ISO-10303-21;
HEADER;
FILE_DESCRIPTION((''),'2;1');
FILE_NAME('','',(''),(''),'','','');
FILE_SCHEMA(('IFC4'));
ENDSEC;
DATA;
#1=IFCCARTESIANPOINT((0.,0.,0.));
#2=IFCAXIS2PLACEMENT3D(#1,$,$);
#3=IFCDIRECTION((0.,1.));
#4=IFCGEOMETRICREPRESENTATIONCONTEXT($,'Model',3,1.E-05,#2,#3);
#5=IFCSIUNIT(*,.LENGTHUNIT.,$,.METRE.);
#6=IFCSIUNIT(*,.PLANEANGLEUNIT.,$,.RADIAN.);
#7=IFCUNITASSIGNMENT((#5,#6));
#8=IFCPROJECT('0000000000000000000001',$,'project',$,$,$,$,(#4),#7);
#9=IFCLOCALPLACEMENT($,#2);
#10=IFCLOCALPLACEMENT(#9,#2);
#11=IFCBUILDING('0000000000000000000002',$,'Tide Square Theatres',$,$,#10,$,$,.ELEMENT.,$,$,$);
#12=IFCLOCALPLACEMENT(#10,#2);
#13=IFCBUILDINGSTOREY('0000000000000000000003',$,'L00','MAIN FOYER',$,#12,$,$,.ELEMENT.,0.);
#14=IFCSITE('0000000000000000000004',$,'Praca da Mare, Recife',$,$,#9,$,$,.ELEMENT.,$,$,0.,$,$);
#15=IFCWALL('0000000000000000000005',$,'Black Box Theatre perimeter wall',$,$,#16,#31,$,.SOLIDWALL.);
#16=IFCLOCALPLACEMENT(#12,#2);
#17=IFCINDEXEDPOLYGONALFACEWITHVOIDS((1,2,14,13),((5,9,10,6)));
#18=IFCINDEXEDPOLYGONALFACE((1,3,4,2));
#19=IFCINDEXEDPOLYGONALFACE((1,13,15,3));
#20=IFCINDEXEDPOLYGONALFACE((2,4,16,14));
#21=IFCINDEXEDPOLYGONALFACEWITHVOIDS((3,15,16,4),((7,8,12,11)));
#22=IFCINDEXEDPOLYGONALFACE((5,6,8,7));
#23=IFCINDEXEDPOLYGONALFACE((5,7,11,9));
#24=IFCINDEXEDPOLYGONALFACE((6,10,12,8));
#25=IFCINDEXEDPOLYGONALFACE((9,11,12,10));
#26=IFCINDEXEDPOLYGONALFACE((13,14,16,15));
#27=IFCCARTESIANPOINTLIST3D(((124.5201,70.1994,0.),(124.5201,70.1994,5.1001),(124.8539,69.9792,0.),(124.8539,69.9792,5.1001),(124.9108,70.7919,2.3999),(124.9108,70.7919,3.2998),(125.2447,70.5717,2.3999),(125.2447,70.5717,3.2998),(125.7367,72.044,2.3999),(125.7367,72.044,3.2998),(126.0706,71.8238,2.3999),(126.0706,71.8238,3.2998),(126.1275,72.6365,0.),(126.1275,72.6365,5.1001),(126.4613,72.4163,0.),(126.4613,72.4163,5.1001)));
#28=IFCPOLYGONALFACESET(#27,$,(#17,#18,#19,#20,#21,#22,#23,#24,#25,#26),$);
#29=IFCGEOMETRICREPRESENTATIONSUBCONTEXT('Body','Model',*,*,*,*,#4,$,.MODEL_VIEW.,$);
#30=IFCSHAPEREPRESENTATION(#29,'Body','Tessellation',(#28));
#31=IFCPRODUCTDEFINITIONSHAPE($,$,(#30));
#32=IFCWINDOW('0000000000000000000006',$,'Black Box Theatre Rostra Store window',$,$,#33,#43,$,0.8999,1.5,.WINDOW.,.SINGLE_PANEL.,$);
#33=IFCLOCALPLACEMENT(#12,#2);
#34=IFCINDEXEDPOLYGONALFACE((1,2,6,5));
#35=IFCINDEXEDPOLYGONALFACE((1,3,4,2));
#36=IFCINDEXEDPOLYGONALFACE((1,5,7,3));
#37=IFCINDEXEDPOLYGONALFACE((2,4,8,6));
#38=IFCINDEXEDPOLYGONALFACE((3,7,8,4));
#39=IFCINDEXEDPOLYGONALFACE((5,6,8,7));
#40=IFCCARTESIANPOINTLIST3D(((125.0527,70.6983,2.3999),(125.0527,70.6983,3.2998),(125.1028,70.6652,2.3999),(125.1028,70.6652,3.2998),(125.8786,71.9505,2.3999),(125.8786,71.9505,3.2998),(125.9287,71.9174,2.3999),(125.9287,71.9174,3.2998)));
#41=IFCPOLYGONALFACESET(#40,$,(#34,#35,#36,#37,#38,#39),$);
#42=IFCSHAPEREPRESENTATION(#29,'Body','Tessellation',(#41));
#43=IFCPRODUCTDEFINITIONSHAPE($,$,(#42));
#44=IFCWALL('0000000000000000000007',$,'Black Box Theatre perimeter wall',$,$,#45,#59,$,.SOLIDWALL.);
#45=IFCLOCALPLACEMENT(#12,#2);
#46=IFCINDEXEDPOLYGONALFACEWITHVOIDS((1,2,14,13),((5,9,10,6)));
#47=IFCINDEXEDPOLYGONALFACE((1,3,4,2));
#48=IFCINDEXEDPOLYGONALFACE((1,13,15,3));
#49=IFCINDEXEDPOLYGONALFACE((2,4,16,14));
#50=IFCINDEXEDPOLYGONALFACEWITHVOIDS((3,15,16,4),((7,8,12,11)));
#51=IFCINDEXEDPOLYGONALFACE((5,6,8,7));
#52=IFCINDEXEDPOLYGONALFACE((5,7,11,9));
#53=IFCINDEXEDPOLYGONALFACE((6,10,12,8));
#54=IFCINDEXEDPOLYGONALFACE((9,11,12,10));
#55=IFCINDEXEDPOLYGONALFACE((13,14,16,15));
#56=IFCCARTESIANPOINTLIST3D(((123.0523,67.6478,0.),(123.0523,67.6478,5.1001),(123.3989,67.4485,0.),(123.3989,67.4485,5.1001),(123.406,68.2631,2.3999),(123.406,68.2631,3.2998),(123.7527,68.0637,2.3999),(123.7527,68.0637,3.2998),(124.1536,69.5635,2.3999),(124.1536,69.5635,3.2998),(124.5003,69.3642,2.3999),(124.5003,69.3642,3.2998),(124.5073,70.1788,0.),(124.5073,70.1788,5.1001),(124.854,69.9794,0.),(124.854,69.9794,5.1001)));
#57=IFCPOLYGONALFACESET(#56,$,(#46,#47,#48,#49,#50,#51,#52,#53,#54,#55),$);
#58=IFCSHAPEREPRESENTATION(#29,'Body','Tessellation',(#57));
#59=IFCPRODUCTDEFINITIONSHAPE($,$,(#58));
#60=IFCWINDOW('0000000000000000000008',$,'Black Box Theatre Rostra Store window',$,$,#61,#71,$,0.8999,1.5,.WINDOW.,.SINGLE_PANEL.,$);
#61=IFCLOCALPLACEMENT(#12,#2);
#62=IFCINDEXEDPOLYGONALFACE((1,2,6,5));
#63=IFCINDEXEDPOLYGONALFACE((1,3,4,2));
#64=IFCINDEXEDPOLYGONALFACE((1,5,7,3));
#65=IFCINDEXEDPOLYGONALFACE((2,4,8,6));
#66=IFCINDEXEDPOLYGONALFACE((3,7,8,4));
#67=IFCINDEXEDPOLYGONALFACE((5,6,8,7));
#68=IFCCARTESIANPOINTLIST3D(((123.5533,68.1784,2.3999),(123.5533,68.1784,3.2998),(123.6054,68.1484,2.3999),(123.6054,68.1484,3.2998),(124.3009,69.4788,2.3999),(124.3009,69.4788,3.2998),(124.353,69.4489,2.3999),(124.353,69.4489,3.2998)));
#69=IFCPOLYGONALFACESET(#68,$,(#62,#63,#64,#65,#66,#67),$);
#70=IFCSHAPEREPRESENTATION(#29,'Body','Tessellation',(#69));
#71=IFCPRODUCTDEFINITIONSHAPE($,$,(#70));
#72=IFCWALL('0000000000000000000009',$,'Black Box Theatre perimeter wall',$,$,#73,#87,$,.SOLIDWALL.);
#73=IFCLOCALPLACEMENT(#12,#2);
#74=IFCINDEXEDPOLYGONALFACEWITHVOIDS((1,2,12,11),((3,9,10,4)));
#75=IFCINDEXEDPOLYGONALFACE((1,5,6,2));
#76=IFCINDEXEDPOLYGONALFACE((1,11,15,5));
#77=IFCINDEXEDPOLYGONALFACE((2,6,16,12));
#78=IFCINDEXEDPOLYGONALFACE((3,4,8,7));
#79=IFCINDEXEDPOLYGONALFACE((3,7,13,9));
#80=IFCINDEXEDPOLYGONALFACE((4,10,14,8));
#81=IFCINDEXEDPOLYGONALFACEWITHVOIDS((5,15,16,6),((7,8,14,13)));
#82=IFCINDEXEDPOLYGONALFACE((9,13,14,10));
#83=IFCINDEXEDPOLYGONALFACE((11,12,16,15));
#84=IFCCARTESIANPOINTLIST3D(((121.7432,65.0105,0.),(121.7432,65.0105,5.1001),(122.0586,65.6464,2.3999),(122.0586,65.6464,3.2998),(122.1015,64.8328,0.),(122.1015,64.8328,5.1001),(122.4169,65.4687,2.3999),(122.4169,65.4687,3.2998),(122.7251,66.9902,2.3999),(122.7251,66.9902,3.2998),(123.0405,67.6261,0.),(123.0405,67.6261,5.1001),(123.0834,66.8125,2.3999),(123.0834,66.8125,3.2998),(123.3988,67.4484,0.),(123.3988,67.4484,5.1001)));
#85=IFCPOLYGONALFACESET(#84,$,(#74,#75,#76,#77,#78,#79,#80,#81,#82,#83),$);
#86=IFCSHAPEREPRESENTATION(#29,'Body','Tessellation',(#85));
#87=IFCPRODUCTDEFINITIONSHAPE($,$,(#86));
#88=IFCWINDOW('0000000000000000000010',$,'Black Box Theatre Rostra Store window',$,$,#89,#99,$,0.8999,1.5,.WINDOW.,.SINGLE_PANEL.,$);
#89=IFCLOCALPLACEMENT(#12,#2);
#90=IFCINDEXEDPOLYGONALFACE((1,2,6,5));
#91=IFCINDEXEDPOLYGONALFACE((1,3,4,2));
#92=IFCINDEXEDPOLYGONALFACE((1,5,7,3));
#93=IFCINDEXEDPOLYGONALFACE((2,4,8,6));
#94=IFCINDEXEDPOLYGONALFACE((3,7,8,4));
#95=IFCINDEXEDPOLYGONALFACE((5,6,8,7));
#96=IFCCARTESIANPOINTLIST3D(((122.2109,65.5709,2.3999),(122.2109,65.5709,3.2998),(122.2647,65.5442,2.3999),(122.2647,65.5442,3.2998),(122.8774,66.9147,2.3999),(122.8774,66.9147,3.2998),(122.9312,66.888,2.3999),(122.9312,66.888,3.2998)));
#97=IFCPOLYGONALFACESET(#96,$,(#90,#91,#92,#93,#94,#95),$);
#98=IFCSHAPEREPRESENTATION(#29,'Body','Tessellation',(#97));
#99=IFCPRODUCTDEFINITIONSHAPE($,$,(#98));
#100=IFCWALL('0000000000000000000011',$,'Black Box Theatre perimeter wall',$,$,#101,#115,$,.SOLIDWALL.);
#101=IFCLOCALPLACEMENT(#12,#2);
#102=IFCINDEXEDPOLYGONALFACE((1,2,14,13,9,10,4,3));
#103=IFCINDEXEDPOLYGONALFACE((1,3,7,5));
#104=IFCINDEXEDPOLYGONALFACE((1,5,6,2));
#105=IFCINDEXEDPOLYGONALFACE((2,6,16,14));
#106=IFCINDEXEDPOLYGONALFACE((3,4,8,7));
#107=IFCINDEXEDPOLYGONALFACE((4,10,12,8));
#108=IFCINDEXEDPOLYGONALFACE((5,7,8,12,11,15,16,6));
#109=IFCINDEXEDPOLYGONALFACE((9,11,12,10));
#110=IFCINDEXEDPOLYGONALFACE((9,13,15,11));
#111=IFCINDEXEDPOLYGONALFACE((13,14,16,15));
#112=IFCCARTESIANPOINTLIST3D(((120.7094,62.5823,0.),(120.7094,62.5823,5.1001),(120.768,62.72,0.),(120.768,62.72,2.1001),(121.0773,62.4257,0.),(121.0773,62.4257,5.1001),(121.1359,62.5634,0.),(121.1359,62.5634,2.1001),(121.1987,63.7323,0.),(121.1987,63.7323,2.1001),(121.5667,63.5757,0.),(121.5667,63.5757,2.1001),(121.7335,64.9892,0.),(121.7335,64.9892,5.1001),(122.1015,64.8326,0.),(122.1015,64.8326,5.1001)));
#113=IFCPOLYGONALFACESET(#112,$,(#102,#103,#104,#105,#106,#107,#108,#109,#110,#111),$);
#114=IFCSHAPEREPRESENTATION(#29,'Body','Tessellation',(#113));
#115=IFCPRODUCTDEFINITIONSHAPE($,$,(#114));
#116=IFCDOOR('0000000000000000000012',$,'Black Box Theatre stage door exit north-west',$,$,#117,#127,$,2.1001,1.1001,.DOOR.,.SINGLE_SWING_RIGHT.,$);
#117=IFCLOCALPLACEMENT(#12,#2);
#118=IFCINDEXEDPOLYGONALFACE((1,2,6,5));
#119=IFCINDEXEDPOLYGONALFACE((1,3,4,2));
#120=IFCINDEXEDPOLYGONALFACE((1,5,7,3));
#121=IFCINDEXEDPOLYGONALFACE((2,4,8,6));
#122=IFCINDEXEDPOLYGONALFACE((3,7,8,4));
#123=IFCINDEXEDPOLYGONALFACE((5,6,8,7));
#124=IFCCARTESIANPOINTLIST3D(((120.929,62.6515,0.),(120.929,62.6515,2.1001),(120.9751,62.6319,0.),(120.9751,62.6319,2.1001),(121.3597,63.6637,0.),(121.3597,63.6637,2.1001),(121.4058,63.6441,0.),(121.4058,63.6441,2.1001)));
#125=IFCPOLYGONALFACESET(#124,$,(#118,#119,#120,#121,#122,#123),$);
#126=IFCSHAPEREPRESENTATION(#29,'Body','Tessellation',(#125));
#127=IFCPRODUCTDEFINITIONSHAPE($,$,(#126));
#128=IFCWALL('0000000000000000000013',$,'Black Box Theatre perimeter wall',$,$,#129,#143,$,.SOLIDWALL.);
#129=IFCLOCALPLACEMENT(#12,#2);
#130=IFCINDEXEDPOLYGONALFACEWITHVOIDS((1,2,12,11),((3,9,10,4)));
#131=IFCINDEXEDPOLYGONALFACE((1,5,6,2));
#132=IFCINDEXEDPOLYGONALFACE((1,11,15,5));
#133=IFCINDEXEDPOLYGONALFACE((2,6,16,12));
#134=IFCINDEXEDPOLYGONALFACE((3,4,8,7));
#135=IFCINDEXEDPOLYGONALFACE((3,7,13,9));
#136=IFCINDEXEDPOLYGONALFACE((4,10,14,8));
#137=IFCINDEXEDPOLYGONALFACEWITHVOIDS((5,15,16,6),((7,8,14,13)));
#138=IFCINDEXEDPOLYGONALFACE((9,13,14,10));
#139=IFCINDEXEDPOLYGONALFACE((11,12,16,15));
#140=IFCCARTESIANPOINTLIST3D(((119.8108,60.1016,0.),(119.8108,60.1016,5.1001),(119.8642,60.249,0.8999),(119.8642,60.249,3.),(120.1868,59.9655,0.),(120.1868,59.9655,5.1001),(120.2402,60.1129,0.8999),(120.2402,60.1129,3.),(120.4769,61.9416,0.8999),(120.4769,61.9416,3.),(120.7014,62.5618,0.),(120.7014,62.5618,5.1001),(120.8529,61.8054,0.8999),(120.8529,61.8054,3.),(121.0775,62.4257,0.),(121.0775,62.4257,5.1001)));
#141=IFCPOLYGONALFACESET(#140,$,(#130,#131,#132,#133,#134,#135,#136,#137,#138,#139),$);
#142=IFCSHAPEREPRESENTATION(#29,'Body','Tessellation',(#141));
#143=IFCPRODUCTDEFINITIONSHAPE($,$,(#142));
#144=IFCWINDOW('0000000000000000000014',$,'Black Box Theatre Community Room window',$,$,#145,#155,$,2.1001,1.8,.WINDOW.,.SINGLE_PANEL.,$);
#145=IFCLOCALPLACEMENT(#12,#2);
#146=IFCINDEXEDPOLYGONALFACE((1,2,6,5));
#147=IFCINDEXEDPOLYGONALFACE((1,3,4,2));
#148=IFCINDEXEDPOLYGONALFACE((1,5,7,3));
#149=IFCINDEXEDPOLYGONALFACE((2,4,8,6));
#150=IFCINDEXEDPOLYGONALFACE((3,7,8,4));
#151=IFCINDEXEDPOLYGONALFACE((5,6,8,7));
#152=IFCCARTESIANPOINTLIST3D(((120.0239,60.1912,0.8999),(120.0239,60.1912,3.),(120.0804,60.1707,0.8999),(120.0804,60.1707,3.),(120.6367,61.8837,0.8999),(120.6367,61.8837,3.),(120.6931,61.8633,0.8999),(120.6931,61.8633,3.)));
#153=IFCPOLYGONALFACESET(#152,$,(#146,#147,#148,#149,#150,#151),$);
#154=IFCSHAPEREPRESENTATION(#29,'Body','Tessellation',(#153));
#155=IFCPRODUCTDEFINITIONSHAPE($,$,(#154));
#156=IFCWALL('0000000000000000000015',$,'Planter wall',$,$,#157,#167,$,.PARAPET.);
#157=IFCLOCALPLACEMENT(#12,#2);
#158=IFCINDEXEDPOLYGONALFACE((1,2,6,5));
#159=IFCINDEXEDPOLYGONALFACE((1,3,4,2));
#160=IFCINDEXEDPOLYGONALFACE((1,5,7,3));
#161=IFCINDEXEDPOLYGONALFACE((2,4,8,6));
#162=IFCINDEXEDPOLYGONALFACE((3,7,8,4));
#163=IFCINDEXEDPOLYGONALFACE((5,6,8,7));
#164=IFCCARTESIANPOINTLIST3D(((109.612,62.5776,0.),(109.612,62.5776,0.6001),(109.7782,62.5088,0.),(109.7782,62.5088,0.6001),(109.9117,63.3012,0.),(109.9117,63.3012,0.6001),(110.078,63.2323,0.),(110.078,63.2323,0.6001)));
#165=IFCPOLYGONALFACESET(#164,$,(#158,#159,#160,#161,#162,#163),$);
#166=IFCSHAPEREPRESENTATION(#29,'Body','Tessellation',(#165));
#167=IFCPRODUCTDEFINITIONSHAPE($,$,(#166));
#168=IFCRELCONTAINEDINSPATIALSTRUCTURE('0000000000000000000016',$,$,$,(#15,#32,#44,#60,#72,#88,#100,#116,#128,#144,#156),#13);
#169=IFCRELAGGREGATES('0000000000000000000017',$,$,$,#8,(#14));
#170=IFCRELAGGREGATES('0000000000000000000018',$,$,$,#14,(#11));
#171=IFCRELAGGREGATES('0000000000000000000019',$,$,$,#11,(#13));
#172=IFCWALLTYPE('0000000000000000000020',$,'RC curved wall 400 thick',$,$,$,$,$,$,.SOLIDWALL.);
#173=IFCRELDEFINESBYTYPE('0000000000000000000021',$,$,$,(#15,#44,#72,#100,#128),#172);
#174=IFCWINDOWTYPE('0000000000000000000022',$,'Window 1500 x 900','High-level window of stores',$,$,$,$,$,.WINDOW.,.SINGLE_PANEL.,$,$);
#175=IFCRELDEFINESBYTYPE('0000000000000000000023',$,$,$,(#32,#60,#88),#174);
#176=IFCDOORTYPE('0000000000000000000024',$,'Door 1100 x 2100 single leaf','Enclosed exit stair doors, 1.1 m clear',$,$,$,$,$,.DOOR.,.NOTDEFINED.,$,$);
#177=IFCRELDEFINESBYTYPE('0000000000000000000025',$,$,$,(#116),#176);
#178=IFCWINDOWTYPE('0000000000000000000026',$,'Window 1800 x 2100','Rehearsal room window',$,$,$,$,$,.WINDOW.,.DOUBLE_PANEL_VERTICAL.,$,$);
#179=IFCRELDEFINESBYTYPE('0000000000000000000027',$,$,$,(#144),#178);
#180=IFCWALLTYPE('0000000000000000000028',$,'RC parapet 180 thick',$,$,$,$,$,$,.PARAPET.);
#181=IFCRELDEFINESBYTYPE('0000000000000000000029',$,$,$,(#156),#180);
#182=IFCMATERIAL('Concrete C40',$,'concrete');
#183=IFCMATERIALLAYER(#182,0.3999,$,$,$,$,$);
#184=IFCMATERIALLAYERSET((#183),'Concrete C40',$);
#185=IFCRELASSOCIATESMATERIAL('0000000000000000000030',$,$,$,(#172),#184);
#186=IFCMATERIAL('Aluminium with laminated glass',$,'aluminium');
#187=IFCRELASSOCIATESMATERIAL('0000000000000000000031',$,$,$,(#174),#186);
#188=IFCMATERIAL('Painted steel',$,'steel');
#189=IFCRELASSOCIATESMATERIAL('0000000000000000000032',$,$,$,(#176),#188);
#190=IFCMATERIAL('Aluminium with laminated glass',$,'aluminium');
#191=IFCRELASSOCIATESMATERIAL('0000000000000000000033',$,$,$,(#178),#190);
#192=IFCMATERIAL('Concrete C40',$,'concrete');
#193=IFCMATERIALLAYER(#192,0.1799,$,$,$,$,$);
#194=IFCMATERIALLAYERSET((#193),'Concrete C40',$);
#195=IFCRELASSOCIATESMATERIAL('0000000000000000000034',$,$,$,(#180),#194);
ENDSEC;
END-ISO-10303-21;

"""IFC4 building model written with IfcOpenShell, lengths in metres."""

from ifc_helpers import new_model, si_unit, direction, frame, frame_2d, origin, place, context, subcontext, project, spatial, rectangle, extrude, material, layer, layer_set, type_object, element, fill, save


model = new_model("IFC4")

# Units and contexts
model_context = context("Model", 3, precision=1e-05, world=origin(), true_north=direction((0.0, 1.0)))
body_context = subcontext(model_context, "Body", "Model", "MODEL_VIEW")
ifc_project = project(units=[si_unit("LENGTHUNIT", "METRE"), si_unit("PLANEANGLEUNIT", "RADIAN")], contexts=[model_context])

# Site, building, storey
site_placement = place(None, origin())
site = spatial("IfcSite", under=ifc_project, at=site_placement, Name="Praca da Mare, Recife", CompositionType="ELEMENT", RefElevation=0.0)
building_placement = place(site_placement, origin())
building = spatial("IfcBuilding", under=site, at=building_placement, Name="Tide Square Theatres", CompositionType="ELEMENT")
storey_placement = place(building_placement, origin())
storey = spatial("IfcBuildingStorey", under=building, at=storey_placement, Name="L00", Description="MAIN FOYER", CompositionType="ELEMENT", Elevation=0.0)

# Walls, openings, windows
ifc_material_1 = material(Name="Concrete C40", Category="concrete")
ifc_layer_1 = layer(ifc_material_1, 0.3999)
ifc_layer_set_1 = layer_set([ifc_layer_1], Name="Concrete C40")
wall_type_1 = type_object("IfcWallType", Name="RC curved wall 400 thick", PredefinedType="SOLIDWALL", material=ifc_layer_set_1)
wall_1_placement = place(storey_placement, frame((126.2944, 72.5264, 0.0), z_axis=(0.0, 0.0, 1.0), x_axis=(-0.550602, -0.834768, 0.0)))
wall_1 = element("IfcWall", 1, at=wall_1_placement, inside=storey, type_object=wall_type_1, Name="Black Box Theatre perimeter wall", PredefinedType="SOLIDWALL", context=body_context, shape_type="SweptSolid", body=[
    extrude(rectangle(XDim=2.9194, YDim=0.3999, at=frame_2d((1.4597, 0.0))), origin(), (0.0, 0.0, 1.0), 5.1001),
])
opening_1_placement = place(wall_1_placement, frame((0.7097, 0.0, 2.3999)))
opening_1 = element("IfcOpeningElement", 2, at=opening_1_placement, cuts=wall_1, PredefinedType="OPENING", context=body_context, shape_type="SweptSolid", body=[
    extrude(rectangle(XDim=1.5, YDim=0.8999, at=frame_2d((0.75, 0.45))), frame((0.0, 0.21, 0.0), z_axis=(0.0, -1.0, 0.0), x_axis=(1.0, 0.0, 0.0)), (0.0, 0.0, 1.0), 0.4199),
])
ifc_material_2 = material(Name="Aluminium with laminated glass", Category="aluminium")
window_type_1 = type_object("IfcWindowType", Name="Window 1500 x 900", Description="High-level window of stores", PartitioningType="SINGLE_PANEL", PredefinedType="WINDOW", material=ifc_material_2)
window_1_placement = place(opening_1_placement, origin())
window_1 = element("IfcWindow", 3, at=window_1_placement, inside=storey, type_object=window_type_1, Name="Black Box Theatre Rostra Store window", OverallHeight=0.8999, OverallWidth=1.5, PartitioningType="SINGLE_PANEL", PredefinedType="WINDOW", context=body_context, shape_type="SweptSolid", body=[
    extrude(rectangle(XDim=1.5, YDim=0.8999, at=frame_2d((0.75, 0.45))), frame((0.0, 0.03, 0.0), z_axis=(0.0, -1.0, 0.0), x_axis=(1.0, 0.0, 0.0)), (0.0, 0.0, 1.0), 0.0601),
])
fill(opening_1, window_1)
wall_2_placement = place(storey_placement, frame((124.6807, 70.0791, 0.0), z_axis=(0.0, 0.0, 1.0), x_axis=(-0.498407, -0.866943, 0.0)))
wall_2 = element("IfcWall", 4, at=wall_2_placement, inside=storey, type_object=wall_type_1, Name="Black Box Theatre perimeter wall", PredefinedType="SOLIDWALL", context=body_context, shape_type="SweptSolid", body=[
    extrude(rectangle(XDim=2.9194, YDim=0.3999, at=frame_2d((1.4597, 0.0))), origin(), (0.0, 0.0, 1.0), 5.1001),
])
opening_2_placement = place(wall_2_placement, frame((0.7097, 0.0, 2.3999)))
opening_2 = element("IfcOpeningElement", 5, at=opening_2_placement, cuts=wall_2, PredefinedType="OPENING", context=body_context, shape_type="SweptSolid", body=[
    extrude(rectangle(XDim=1.5, YDim=0.8999, at=frame_2d((0.75, 0.45))), frame((0.0, 0.21, 0.0), z_axis=(0.0, -1.0, 0.0), x_axis=(1.0, 0.0, 0.0)), (0.0, 0.0, 1.0), 0.4199),
])
window_2_placement = place(opening_2_placement, origin())
window_2 = element("IfcWindow", 6, at=window_2_placement, inside=storey, type_object=window_type_1, Name="Black Box Theatre Rostra Store window", OverallHeight=0.8999, OverallWidth=1.5, PartitioningType="SINGLE_PANEL", PredefinedType="WINDOW", context=body_context, shape_type="SweptSolid", body=[
    extrude(rectangle(XDim=1.5, YDim=0.8999, at=frame_2d((0.75, 0.45))), frame((0.0, 0.03, 0.0), z_axis=(0.0, -1.0, 0.0), x_axis=(1.0, 0.0, 0.0)), (0.0, 0.0, 1.0), 0.0601),
])
fill(opening_2, window_2)
wall_3_placement = place(storey_placement, frame((123.2197, 67.5374, 0.0), z_axis=(0.0, 0.0, 1.0), x_axis=(-0.444335, -0.895861, 0.0)))
wall_3 = element("IfcWall", 7, at=wall_3_placement, inside=storey, type_object=wall_type_1, Name="Black Box Theatre perimeter wall", PredefinedType="SOLIDWALL", context=body_context, shape_type="SweptSolid", body=[
    extrude(rectangle(XDim=2.9197, YDim=0.3999, at=frame_2d((1.46, 0.0))), origin(), (0.0, 0.0, 1.0), 5.1001),
])
opening_3_placement = place(wall_3_placement, frame((0.71, 0.0, 2.3999)))
opening_3 = element("IfcOpeningElement", 8, at=opening_3_placement, cuts=wall_3, PredefinedType="OPENING", context=body_context, shape_type="SweptSolid", body=[
    extrude(rectangle(XDim=1.5, YDim=0.8999, at=frame_2d((0.75, 0.45))), frame((0.0, 0.21, 0.0), z_axis=(0.0, -1.0, 0.0), x_axis=(1.0, 0.0, 0.0)), (0.0, 0.0, 1.0), 0.4199),
])
window_3_placement = place(opening_3_placement, origin())
window_3 = element("IfcWindow", 9, at=window_3_placement, inside=storey, type_object=window_type_1, Name="Black Box Theatre Rostra Store window", OverallHeight=0.8999, OverallWidth=1.5, PartitioningType="SINGLE_PANEL", PredefinedType="WINDOW", context=body_context, shape_type="SweptSolid", body=[
    extrude(rectangle(XDim=1.5, YDim=0.8999, at=frame_2d((0.75, 0.45))), frame((0.0, 0.03, 0.0), z_axis=(0.0, -1.0, 0.0), x_axis=(1.0, 0.0, 0.0)), (0.0, 0.0, 1.0), 0.0601),
])
fill(opening_3, window_3)

# Wall, opening, door
wall_4_placement = place(storey_placement, frame((121.9175, 64.9109, 0.0), z_axis=(0.0, 0.0, 1.0), x_axis=(-0.39153, -0.920165, 0.0)))
wall_4 = element("IfcWall", 10, at=wall_4_placement, inside=storey, type_object=wall_type_1, Name="Black Box Theatre perimeter wall", PredefinedType="SOLIDWALL", context=body_context, shape_type="SweptSolid", body=[
    extrude(rectangle(XDim=2.6157, YDim=0.3999, at=frame_2d((1.3079, 0.0))), origin(), (0.0, 0.0, 1.0), 5.1001),
])
opening_4_placement = place(wall_4_placement, frame((1.366, 0.0, 0.0)))
opening_4 = element("IfcOpeningElement", 11, at=opening_4_placement, cuts=wall_4, PredefinedType="OPENING", context=body_context, shape_type="SweptSolid", body=[
    extrude(rectangle(XDim=1.1001, YDim=2.1001, at=frame_2d((0.55, 1.05))), frame((0.0, 0.21, 0.0), z_axis=(0.0, -1.0, 0.0), x_axis=(1.0, 0.0, 0.0)), (0.0, 0.0, 1.0), 0.4199),
])
ifc_material_3 = material(Name="Painted steel", Category="steel")
door_type_1 = type_object("IfcDoorType", Name="Door 1100 x 2100 single leaf", Description="Enclosed exit stair doors, 1.1 m clear", OperationType="NOTDEFINED", PredefinedType="DOOR", material=ifc_material_3)
door_1_placement = place(opening_4_placement, frame((1.1001, 0.0, 0.0), z_axis=(0.0, 0.0, 1.0), x_axis=(-1.0, 0.0, 0.0)))
door_1 = element("IfcDoor", 12, at=door_1_placement, inside=storey, type_object=door_type_1, Name="Black Box Theatre stage door exit north-west", OperationType="SINGLE_SWING_RIGHT", OverallHeight=2.1001, OverallWidth=1.1001, PredefinedType="DOOR", context=body_context, shape_type="SweptSolid", body=[
    extrude(rectangle(XDim=1.1001, YDim=2.1001, at=frame_2d((0.55, 1.05))), frame((0.0, 0.0249, 0.0), z_axis=(0.0, -1.0, 0.0), x_axis=(1.0, 0.0, 0.0)), (0.0, 0.0, 1.0), 0.05),
])
fill(opening_4, door_1)

# Wall, opening, window
wall_5_placement = place(storey_placement, frame((120.8894, 62.4937, 0.0), z_axis=(0.0, 0.0, 1.0), x_axis=(-0.340394, -0.940283, 0.0)))
wall_5 = element("IfcWall", 13, at=wall_5_placement, inside=storey, type_object=wall_type_1, Name="Black Box Theatre perimeter wall", PredefinedType="SOLIDWALL", context=body_context, shape_type="SweptSolid", body=[
    extrude(rectangle(XDim=2.6165, YDim=0.3999, at=frame_2d((1.3081, 0.0))), origin(), (0.0, 0.0, 1.0), 5.1001),
])
opening_5_placement = place(wall_5_placement, frame((0.6597, 0.0, 0.8999)))
opening_5 = element("IfcOpeningElement", 14, at=opening_5_placement, cuts=wall_5, PredefinedType="OPENING", context=body_context, shape_type="SweptSolid", body=[
    extrude(rectangle(XDim=1.8, YDim=2.1001, at=frame_2d((0.8999, 1.05))), frame((0.0, 0.21, 0.0), z_axis=(0.0, -1.0, 0.0), x_axis=(1.0, 0.0, 0.0)), (0.0, 0.0, 1.0), 0.4199),
])
ifc_material_4 = material(Name="Aluminium with laminated glass", Category="aluminium")
window_type_2 = type_object("IfcWindowType", Name="Window 1800 x 2100", Description="Rehearsal room window", PartitioningType="DOUBLE_PANEL_VERTICAL", PredefinedType="WINDOW", material=ifc_material_4)
window_4_placement = place(opening_5_placement, origin())
window_4 = element("IfcWindow", 15, at=window_4_placement, inside=storey, type_object=window_type_2, Name="Black Box Theatre Community Room window", OverallHeight=2.1001, OverallWidth=1.8, PartitioningType="SINGLE_PANEL", PredefinedType="WINDOW", context=body_context, shape_type="SweptSolid", body=[
    extrude(rectangle(XDim=1.8, YDim=2.1001, at=frame_2d((0.8999, 1.05))), frame((0.0, 0.03, 0.0), z_axis=(0.0, -1.0, 0.0), x_axis=(1.0, 0.0, 0.0)), (0.0, 0.0, 1.0), 0.0601),
])
fill(opening_5, window_4)

# Wall
ifc_material_5 = material(Name="Concrete C40", Category="concrete")
ifc_layer_2 = layer(ifc_material_5, 0.1799)
ifc_layer_set_2 = layer_set([ifc_layer_2], Name="Concrete C40")
wall_type_2 = type_object("IfcWallType", Name="RC parapet 180 thick", PredefinedType="PARAPET", material=ifc_layer_set_2)
for number, where, z_axis, x_axis, name in (
    (16, (109.6951, 62.5432, 0.0), (0.0, 0.0, 1.0), (0.382756, 0.92385, 0.0), "Planter wall"),
):
    element("IfcWall", number, at=place(storey_placement, frame(where, z_axis=z_axis, x_axis=x_axis)), inside=storey, type_object=wall_type_2, Name=name, PredefinedType="PARAPET", context=body_context, shape_type="SweptSolid", body=[
        extrude(rectangle(XDim=0.7832, YDim=0.1799, at=frame_2d((0.3916, 0.0))), origin(), (0.0, 0.0, 1.0), 0.6001),
    ])

save(model, "model.ifc")
